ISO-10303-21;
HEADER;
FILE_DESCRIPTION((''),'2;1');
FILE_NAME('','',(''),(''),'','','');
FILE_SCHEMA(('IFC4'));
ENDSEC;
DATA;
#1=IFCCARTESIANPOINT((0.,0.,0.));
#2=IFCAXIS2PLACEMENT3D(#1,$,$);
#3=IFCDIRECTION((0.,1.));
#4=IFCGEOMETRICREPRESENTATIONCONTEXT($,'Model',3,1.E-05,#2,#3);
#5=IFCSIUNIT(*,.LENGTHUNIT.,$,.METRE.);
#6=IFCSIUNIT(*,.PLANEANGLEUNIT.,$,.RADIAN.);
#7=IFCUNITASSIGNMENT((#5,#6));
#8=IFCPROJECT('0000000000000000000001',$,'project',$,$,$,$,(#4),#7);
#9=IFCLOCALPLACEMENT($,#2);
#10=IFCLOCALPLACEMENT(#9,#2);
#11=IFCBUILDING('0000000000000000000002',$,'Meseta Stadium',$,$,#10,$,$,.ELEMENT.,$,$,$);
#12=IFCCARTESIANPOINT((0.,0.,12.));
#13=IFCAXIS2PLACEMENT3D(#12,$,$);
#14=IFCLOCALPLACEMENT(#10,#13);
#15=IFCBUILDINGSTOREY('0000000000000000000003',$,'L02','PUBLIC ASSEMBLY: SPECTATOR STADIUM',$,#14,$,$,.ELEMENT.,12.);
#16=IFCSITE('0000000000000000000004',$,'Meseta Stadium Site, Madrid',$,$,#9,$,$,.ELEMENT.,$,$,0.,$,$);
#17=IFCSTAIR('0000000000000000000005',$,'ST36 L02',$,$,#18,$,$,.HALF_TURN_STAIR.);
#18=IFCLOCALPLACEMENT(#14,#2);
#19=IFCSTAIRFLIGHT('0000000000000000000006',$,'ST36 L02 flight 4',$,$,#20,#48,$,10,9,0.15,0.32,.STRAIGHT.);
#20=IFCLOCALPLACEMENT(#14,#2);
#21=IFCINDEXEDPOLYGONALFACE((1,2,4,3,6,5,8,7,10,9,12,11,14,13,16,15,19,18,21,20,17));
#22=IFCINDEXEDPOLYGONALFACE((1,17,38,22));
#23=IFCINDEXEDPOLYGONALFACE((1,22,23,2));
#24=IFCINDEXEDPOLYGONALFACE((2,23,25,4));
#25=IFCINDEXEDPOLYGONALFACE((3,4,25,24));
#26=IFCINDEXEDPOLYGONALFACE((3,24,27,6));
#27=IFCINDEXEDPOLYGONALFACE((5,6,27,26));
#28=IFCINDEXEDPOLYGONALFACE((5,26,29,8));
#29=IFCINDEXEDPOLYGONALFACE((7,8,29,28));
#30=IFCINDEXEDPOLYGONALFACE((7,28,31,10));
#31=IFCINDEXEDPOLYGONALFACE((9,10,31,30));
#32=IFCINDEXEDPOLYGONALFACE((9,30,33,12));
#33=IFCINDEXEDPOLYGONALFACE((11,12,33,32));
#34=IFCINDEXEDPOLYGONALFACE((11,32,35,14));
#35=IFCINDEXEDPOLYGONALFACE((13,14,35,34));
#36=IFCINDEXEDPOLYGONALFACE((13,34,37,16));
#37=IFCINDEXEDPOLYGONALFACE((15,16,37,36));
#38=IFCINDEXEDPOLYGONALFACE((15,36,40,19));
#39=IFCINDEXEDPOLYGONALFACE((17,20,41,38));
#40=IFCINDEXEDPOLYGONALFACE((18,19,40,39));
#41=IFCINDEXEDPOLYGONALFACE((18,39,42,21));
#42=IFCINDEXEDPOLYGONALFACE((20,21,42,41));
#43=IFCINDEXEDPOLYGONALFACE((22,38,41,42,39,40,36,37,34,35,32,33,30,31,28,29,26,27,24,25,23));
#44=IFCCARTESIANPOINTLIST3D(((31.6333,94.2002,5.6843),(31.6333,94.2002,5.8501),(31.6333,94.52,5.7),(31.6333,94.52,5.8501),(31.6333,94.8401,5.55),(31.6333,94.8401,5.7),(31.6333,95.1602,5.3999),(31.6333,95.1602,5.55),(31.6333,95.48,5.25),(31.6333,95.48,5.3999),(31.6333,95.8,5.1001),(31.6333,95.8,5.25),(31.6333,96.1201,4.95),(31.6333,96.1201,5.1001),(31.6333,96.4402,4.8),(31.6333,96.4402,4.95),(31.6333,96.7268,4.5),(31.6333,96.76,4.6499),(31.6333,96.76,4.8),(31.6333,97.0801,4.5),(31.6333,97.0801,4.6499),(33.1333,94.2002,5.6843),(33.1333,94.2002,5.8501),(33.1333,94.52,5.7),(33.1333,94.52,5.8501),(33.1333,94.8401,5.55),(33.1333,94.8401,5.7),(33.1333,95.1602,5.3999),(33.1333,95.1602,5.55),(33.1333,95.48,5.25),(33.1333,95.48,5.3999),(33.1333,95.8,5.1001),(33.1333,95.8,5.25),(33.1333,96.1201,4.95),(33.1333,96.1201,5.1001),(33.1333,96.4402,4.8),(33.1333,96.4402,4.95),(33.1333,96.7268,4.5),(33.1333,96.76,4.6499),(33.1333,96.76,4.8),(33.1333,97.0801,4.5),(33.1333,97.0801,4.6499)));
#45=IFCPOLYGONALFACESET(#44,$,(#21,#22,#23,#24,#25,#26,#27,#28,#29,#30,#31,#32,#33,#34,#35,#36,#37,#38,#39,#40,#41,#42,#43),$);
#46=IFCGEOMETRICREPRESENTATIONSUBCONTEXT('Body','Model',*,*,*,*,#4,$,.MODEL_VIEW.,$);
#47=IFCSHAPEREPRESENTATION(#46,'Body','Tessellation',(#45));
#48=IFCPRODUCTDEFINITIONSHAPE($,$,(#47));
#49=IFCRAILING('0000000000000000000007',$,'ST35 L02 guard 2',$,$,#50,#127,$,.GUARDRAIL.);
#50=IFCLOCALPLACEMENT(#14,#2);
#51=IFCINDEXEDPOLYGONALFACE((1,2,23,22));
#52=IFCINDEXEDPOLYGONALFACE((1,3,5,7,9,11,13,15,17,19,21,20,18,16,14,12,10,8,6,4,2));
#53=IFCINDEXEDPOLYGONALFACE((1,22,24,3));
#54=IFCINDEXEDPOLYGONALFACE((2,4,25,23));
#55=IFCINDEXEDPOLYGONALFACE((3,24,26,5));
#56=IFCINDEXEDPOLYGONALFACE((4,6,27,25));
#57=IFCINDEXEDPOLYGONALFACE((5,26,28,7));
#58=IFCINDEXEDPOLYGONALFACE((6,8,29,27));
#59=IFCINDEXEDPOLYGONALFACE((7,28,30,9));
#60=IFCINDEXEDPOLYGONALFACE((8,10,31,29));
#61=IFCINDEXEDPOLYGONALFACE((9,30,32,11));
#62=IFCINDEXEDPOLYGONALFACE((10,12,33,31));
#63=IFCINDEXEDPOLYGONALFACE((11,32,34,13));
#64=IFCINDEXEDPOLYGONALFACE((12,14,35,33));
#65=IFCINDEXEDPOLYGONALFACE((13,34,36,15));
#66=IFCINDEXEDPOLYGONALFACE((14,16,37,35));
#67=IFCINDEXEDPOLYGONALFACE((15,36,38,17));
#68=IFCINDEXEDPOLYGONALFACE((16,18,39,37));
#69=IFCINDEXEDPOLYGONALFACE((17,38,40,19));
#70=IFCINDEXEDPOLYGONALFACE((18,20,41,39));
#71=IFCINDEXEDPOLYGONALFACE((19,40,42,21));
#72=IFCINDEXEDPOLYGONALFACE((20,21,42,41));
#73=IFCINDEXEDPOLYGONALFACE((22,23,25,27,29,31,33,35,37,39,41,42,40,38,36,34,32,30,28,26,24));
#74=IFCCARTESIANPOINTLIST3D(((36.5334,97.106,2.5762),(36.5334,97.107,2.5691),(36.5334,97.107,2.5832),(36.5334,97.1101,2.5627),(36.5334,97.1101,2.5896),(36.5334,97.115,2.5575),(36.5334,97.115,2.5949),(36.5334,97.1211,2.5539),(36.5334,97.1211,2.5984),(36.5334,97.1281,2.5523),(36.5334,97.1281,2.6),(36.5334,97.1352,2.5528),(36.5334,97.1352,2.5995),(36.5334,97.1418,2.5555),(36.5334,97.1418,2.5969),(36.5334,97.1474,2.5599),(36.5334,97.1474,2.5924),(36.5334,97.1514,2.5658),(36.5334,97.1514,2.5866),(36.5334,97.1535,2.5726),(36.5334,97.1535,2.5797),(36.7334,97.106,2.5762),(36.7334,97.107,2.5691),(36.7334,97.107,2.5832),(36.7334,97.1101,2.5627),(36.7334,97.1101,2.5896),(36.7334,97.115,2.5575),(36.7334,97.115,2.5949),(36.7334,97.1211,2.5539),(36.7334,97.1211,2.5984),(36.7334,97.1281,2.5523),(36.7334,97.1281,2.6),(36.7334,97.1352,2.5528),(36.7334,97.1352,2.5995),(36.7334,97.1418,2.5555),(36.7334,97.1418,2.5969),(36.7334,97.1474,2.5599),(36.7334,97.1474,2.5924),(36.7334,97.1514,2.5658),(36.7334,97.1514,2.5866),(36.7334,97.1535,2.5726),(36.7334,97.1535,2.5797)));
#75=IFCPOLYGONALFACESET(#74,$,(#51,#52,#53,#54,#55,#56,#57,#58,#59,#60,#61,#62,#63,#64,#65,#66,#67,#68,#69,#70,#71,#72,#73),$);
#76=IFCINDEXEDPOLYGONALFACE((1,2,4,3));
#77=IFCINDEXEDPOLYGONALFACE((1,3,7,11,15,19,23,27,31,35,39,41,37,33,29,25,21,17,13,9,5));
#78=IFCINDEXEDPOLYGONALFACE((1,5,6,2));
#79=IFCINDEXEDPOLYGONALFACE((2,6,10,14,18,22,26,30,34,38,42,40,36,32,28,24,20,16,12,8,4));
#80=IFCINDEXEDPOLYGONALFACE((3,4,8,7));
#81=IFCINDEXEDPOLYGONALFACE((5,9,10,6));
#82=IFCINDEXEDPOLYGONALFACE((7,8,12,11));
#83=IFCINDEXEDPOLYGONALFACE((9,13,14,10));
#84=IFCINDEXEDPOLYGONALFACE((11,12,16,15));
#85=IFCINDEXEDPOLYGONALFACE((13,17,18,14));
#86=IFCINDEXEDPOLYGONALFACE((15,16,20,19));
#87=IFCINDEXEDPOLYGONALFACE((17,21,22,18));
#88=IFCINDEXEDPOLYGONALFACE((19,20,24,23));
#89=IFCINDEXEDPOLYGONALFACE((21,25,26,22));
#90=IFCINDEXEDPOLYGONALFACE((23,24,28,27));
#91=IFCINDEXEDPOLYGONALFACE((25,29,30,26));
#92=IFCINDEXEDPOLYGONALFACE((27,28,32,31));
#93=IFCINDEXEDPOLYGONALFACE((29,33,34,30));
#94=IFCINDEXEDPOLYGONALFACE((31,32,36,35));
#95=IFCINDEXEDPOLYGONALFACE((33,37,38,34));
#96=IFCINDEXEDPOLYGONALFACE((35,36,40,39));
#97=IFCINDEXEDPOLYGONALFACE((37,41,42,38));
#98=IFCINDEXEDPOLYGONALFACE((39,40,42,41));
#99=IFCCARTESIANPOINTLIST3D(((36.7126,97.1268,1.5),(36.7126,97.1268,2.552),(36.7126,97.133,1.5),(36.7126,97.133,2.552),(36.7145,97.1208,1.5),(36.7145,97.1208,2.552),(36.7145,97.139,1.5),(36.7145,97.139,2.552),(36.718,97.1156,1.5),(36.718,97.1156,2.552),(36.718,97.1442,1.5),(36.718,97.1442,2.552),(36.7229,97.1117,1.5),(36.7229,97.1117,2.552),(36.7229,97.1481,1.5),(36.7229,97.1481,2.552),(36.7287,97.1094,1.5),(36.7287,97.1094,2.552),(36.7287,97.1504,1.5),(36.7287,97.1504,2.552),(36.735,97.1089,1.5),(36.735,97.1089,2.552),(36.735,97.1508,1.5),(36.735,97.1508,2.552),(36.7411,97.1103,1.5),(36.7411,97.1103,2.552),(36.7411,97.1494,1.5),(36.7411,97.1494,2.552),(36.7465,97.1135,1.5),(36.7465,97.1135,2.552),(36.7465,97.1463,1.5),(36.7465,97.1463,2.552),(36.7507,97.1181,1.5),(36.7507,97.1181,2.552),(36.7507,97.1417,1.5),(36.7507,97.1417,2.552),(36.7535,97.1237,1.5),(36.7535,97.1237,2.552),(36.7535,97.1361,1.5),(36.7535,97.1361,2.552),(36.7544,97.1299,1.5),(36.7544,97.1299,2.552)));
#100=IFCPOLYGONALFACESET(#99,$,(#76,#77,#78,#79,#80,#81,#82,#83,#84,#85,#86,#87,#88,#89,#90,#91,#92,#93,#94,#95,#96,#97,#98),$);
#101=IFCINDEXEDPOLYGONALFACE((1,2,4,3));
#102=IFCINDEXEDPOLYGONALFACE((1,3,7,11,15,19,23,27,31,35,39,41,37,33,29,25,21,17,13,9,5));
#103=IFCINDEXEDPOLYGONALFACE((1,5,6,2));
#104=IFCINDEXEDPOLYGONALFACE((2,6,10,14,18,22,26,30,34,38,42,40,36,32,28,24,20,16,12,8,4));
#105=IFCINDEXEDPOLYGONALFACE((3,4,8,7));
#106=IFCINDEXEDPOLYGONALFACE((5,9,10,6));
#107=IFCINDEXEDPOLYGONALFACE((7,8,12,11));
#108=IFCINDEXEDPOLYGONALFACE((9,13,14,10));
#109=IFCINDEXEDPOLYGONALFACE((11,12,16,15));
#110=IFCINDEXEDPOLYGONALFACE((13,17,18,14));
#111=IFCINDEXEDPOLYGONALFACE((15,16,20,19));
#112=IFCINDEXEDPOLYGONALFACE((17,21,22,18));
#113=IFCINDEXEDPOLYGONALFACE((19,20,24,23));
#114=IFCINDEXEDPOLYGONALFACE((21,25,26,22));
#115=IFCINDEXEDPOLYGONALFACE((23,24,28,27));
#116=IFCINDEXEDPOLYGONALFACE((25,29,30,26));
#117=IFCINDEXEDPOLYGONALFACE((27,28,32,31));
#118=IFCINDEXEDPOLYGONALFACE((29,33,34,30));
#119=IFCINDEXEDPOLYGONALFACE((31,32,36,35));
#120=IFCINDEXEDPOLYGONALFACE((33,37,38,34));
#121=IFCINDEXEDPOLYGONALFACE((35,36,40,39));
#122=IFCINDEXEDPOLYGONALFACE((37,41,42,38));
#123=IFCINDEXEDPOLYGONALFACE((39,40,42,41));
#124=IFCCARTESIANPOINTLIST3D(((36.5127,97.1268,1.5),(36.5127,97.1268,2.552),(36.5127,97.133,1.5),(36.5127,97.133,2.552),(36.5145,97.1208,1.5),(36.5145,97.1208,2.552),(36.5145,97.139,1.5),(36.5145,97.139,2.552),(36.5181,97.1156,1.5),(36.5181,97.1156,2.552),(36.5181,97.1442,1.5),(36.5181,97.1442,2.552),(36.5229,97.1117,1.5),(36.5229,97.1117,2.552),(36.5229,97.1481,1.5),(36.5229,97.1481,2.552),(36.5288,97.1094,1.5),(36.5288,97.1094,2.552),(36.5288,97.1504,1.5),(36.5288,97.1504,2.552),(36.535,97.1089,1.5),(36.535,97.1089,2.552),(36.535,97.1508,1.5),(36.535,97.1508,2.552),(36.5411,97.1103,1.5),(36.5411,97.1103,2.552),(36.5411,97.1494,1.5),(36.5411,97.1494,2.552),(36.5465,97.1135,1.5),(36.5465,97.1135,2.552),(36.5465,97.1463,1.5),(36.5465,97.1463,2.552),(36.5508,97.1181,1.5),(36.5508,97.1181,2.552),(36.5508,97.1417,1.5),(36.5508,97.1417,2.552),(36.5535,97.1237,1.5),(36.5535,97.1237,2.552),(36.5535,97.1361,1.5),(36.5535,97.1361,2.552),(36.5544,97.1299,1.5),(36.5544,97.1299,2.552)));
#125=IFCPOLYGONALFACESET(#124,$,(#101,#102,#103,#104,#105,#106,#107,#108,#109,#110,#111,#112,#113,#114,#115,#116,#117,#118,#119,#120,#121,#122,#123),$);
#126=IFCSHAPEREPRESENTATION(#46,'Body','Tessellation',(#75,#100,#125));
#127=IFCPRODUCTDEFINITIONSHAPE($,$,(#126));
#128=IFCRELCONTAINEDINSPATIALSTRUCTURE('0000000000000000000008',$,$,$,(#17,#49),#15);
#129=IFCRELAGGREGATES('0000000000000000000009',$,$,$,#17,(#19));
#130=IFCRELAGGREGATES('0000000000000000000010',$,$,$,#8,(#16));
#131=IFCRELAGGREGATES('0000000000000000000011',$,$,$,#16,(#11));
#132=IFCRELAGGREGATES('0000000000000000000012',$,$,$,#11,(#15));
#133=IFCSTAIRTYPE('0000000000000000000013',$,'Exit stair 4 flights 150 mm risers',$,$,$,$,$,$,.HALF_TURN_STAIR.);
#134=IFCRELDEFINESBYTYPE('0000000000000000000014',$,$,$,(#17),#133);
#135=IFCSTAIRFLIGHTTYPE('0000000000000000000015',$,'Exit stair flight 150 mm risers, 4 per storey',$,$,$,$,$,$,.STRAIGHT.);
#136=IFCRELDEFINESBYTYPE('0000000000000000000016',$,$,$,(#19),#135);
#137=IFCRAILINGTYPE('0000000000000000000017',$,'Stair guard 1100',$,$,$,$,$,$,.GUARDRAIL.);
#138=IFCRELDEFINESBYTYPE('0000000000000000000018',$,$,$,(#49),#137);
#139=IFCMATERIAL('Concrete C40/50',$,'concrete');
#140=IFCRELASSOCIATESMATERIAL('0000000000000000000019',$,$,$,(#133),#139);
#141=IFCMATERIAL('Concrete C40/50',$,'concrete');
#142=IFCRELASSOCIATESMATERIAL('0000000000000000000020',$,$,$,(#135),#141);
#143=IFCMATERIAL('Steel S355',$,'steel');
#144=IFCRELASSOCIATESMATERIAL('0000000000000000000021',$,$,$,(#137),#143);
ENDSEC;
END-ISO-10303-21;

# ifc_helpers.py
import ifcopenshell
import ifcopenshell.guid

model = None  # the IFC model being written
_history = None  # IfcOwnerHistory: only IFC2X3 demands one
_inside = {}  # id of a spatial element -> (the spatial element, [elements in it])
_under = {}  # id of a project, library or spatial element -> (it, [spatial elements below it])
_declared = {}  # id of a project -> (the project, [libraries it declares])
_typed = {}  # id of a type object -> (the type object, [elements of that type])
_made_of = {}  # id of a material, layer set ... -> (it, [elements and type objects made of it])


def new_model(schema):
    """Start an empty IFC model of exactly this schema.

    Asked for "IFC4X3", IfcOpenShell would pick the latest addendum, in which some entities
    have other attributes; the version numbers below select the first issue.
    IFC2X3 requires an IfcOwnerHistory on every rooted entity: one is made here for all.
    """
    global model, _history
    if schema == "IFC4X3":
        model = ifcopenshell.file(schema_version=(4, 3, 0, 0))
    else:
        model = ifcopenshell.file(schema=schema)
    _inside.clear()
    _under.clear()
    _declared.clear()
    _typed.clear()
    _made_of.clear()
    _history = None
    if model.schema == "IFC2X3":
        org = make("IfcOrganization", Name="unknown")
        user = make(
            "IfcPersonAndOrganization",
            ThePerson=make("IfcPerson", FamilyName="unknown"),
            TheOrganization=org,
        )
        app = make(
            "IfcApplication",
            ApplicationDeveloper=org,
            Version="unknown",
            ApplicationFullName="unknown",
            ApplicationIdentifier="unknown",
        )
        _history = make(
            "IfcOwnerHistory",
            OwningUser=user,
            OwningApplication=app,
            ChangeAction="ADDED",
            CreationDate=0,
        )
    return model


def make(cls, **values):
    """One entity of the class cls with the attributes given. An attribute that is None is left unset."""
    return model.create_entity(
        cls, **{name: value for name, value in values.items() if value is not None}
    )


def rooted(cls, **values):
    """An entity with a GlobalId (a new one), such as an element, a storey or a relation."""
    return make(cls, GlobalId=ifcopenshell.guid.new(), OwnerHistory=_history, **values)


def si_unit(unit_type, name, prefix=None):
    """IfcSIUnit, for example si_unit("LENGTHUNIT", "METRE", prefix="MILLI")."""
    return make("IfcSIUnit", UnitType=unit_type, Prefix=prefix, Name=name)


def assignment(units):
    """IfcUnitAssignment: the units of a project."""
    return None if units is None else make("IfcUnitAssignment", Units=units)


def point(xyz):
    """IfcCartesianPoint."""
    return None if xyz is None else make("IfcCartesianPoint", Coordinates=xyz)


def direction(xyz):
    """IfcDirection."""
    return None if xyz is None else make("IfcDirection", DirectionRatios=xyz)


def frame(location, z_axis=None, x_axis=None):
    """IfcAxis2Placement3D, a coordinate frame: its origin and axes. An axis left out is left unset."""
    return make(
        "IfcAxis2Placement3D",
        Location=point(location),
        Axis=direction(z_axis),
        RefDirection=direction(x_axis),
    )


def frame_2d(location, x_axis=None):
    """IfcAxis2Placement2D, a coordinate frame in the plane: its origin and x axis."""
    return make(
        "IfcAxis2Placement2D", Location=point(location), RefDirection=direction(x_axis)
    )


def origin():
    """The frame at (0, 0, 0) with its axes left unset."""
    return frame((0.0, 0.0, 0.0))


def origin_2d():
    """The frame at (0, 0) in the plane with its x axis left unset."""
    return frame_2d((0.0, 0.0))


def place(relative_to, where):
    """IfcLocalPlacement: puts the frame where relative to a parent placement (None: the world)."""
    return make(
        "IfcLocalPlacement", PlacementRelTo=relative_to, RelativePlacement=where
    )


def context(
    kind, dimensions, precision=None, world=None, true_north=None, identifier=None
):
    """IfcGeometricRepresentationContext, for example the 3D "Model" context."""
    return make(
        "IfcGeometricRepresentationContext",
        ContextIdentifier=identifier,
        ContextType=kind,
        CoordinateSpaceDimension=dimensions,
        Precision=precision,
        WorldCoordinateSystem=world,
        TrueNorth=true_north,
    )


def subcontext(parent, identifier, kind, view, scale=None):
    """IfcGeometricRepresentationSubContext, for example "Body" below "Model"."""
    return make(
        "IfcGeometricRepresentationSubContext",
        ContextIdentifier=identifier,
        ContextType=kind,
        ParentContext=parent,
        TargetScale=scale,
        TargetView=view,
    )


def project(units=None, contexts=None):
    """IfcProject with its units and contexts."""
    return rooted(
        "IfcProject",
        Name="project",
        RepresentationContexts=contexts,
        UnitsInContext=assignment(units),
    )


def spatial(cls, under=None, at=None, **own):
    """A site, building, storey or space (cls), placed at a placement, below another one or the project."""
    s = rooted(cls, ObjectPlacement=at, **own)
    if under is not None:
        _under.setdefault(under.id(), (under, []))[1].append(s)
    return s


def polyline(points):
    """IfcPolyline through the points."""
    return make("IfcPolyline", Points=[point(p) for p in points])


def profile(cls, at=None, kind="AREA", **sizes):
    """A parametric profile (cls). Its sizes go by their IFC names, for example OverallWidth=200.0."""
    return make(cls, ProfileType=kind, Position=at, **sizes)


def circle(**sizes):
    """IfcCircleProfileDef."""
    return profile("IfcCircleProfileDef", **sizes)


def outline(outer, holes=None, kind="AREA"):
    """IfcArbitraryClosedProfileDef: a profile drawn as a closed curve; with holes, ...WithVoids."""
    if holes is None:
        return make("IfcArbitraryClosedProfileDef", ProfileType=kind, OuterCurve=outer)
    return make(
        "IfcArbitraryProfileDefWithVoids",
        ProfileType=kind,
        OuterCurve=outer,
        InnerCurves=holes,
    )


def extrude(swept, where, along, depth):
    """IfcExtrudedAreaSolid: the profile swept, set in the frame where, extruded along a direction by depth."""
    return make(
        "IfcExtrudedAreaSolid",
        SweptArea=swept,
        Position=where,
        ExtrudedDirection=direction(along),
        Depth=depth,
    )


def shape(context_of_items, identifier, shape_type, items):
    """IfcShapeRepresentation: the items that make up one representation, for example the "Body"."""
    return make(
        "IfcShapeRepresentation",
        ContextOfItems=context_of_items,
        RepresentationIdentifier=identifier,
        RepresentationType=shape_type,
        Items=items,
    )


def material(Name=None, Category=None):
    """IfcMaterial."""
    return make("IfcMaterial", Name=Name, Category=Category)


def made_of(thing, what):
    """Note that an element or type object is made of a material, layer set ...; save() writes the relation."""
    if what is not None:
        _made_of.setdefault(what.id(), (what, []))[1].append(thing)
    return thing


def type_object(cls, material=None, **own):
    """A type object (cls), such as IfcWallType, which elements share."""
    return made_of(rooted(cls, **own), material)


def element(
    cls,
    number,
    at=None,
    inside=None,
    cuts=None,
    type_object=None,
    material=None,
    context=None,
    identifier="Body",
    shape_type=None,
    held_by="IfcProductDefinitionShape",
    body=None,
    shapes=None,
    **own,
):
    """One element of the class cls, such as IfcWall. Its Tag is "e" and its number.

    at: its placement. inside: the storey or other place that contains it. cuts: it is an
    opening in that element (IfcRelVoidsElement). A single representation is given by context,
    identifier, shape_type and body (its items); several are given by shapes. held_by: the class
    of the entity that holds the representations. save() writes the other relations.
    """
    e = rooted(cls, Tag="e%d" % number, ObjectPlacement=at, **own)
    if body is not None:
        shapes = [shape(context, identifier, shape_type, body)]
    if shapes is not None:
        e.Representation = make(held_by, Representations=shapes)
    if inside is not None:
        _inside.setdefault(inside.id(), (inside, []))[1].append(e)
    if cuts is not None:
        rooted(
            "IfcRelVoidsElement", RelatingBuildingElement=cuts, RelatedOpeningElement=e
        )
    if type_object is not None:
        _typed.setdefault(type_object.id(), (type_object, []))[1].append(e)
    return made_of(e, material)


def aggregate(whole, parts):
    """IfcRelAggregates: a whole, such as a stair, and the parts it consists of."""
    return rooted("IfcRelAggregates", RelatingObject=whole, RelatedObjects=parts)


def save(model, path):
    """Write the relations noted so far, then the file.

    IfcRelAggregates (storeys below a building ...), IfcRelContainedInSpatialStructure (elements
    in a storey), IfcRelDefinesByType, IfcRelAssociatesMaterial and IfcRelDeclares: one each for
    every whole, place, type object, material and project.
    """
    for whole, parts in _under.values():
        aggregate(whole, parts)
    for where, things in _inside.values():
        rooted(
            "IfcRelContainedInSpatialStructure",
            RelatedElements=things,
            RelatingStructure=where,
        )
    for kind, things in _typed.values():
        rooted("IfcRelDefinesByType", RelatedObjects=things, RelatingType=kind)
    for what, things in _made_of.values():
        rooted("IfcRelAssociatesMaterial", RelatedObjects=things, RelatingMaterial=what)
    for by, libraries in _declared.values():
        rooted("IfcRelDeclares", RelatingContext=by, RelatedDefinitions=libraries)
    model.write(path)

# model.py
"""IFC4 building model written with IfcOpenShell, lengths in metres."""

from ifc_helpers import new_model, si_unit, direction, frame, origin, origin_2d, place, context, subcontext, project, spatial, polyline, circle, outline, extrude, material, type_object, element, aggregate, save


model = new_model("IFC4")

# Units and contexts
model_context = context("Model", 3, precision=1e-05, world=origin(), true_north=direction((0.0, 1.0)))
body_context = subcontext(model_context, "Body", "Model", "MODEL_VIEW")
ifc_project = project(units=[si_unit("LENGTHUNIT", "METRE"), si_unit("PLANEANGLEUNIT", "RADIAN")], contexts=[model_context])

# Site, building, storey
site_placement = place(None, origin())
site = spatial("IfcSite", under=ifc_project, at=site_placement, Name="Meseta Stadium Site, Madrid", CompositionType="ELEMENT", RefElevation=0.0)
building_placement = place(site_placement, origin())
building = spatial("IfcBuilding", under=site, at=building_placement, Name="Meseta Stadium", CompositionType="ELEMENT")
storey_placement = place(building_placement, frame((0.0, 0.0, 12.0)))
storey = spatial("IfcBuildingStorey", under=building, at=storey_placement, Name="L02", Description="PUBLIC ASSEMBLY: SPECTATOR STADIUM", CompositionType="ELEMENT", Elevation=12.0)

# Stair, stair flight
ifc_material_1 = material(Name="Concrete C40/50", Category="concrete")
stair_type = type_object("IfcStairType", Name="Exit stair 4 flights 150 mm risers", PredefinedType="HALF_TURN_STAIR", material=ifc_material_1)
ifc_material_2 = material(Name="Concrete C40/50", Category="concrete")
stair_flight_type = type_object("IfcStairFlightType", Name="Exit stair flight 150 mm risers, 4 per storey", PredefinedType="STRAIGHT", material=ifc_material_2)
stair_1_placement = place(storey_placement, origin())
stair_1 = element("IfcStair", 1, at=stair_1_placement, inside=storey, type_object=stair_type, Name="ST36 L02", PredefinedType="HALF_TURN_STAIR")
stair_flight_1_placement = place(storey_placement, frame((32.3833, 97.0801, 4.5), z_axis=(0.0, 0.0, 1.0), x_axis=(0.0, -1.0, 0.0)))
stair_flight_1 = element("IfcStairFlight", 2, at=stair_flight_1_placement, type_object=stair_flight_type, Name="ST36 L02 flight 4", NumberOfRisers=10, NumberOfTreads=9, PredefinedType="STRAIGHT", RiserHeight=0.15, TreadLength=0.32, context=body_context, shape_type="SweptSolid", body=[
    extrude(outline(polyline([(0.0, 0.0), (0.0, 0.1499), (0.3201, 0.1499), (0.3201, 0.3), (0.6399, 0.3), (0.6399, 0.45), (0.96, 0.45), (0.96, 0.6001), (1.28, 0.6001), (1.28, 0.75), (1.6001, 0.75), (1.6001, 0.8999), (1.9199, 0.8999), (1.9199, 1.05), (2.24, 1.05), (2.24, 1.2), (2.5601, 1.2), (2.5601, 1.3501), (2.8799, 1.3501), (2.8799, 1.1843), (0.3533, 0.0), (0.0, 0.0)])), frame((0.0, 0.75, 0.0), z_axis=(0.0, -1.0, 0.0), x_axis=(1.0, 0.0, 0.0)), (0.0, 0.0, 1.0), 1.5),
])
aggregate(stair_1, [stair_flight_1])

# Railing
ifc_material_3 = material(Name="Steel S355", Category="steel")
railing_type_1 = type_object("IfcRailingType", Name="Stair guard 1100", PredefinedType="GUARDRAIL", material=ifc_material_3)
railing_1_placement = place(storey_placement, frame((36.7334, 97.1299, 1.5)))
element("IfcRailing", 3, at=railing_1_placement, inside=storey, type_object=railing_type_1, Name="ST35 L02 guard 2", PredefinedType="GUARDRAIL", context=body_context, shape_type="SweptSolid", body=[
    extrude(circle(Radius=0.0239, at=origin_2d()), frame((0.0, 0.0, 1.0762), z_axis=(-1.0, 0.0, 0.0), x_axis=(0.0, -1.0, 0.0)), (0.0, 0.0, 1.0), 0.2),
    extrude(circle(Radius=0.021, at=origin_2d()), origin(), (0.0, 0.0, 1.0), 1.052),
    extrude(circle(Radius=0.021, at=origin_2d()), frame((-0.2, 0.0, 0.0)), (0.0, 0.0, 1.0), 1.052),
])

save(model, "model.ifc")
